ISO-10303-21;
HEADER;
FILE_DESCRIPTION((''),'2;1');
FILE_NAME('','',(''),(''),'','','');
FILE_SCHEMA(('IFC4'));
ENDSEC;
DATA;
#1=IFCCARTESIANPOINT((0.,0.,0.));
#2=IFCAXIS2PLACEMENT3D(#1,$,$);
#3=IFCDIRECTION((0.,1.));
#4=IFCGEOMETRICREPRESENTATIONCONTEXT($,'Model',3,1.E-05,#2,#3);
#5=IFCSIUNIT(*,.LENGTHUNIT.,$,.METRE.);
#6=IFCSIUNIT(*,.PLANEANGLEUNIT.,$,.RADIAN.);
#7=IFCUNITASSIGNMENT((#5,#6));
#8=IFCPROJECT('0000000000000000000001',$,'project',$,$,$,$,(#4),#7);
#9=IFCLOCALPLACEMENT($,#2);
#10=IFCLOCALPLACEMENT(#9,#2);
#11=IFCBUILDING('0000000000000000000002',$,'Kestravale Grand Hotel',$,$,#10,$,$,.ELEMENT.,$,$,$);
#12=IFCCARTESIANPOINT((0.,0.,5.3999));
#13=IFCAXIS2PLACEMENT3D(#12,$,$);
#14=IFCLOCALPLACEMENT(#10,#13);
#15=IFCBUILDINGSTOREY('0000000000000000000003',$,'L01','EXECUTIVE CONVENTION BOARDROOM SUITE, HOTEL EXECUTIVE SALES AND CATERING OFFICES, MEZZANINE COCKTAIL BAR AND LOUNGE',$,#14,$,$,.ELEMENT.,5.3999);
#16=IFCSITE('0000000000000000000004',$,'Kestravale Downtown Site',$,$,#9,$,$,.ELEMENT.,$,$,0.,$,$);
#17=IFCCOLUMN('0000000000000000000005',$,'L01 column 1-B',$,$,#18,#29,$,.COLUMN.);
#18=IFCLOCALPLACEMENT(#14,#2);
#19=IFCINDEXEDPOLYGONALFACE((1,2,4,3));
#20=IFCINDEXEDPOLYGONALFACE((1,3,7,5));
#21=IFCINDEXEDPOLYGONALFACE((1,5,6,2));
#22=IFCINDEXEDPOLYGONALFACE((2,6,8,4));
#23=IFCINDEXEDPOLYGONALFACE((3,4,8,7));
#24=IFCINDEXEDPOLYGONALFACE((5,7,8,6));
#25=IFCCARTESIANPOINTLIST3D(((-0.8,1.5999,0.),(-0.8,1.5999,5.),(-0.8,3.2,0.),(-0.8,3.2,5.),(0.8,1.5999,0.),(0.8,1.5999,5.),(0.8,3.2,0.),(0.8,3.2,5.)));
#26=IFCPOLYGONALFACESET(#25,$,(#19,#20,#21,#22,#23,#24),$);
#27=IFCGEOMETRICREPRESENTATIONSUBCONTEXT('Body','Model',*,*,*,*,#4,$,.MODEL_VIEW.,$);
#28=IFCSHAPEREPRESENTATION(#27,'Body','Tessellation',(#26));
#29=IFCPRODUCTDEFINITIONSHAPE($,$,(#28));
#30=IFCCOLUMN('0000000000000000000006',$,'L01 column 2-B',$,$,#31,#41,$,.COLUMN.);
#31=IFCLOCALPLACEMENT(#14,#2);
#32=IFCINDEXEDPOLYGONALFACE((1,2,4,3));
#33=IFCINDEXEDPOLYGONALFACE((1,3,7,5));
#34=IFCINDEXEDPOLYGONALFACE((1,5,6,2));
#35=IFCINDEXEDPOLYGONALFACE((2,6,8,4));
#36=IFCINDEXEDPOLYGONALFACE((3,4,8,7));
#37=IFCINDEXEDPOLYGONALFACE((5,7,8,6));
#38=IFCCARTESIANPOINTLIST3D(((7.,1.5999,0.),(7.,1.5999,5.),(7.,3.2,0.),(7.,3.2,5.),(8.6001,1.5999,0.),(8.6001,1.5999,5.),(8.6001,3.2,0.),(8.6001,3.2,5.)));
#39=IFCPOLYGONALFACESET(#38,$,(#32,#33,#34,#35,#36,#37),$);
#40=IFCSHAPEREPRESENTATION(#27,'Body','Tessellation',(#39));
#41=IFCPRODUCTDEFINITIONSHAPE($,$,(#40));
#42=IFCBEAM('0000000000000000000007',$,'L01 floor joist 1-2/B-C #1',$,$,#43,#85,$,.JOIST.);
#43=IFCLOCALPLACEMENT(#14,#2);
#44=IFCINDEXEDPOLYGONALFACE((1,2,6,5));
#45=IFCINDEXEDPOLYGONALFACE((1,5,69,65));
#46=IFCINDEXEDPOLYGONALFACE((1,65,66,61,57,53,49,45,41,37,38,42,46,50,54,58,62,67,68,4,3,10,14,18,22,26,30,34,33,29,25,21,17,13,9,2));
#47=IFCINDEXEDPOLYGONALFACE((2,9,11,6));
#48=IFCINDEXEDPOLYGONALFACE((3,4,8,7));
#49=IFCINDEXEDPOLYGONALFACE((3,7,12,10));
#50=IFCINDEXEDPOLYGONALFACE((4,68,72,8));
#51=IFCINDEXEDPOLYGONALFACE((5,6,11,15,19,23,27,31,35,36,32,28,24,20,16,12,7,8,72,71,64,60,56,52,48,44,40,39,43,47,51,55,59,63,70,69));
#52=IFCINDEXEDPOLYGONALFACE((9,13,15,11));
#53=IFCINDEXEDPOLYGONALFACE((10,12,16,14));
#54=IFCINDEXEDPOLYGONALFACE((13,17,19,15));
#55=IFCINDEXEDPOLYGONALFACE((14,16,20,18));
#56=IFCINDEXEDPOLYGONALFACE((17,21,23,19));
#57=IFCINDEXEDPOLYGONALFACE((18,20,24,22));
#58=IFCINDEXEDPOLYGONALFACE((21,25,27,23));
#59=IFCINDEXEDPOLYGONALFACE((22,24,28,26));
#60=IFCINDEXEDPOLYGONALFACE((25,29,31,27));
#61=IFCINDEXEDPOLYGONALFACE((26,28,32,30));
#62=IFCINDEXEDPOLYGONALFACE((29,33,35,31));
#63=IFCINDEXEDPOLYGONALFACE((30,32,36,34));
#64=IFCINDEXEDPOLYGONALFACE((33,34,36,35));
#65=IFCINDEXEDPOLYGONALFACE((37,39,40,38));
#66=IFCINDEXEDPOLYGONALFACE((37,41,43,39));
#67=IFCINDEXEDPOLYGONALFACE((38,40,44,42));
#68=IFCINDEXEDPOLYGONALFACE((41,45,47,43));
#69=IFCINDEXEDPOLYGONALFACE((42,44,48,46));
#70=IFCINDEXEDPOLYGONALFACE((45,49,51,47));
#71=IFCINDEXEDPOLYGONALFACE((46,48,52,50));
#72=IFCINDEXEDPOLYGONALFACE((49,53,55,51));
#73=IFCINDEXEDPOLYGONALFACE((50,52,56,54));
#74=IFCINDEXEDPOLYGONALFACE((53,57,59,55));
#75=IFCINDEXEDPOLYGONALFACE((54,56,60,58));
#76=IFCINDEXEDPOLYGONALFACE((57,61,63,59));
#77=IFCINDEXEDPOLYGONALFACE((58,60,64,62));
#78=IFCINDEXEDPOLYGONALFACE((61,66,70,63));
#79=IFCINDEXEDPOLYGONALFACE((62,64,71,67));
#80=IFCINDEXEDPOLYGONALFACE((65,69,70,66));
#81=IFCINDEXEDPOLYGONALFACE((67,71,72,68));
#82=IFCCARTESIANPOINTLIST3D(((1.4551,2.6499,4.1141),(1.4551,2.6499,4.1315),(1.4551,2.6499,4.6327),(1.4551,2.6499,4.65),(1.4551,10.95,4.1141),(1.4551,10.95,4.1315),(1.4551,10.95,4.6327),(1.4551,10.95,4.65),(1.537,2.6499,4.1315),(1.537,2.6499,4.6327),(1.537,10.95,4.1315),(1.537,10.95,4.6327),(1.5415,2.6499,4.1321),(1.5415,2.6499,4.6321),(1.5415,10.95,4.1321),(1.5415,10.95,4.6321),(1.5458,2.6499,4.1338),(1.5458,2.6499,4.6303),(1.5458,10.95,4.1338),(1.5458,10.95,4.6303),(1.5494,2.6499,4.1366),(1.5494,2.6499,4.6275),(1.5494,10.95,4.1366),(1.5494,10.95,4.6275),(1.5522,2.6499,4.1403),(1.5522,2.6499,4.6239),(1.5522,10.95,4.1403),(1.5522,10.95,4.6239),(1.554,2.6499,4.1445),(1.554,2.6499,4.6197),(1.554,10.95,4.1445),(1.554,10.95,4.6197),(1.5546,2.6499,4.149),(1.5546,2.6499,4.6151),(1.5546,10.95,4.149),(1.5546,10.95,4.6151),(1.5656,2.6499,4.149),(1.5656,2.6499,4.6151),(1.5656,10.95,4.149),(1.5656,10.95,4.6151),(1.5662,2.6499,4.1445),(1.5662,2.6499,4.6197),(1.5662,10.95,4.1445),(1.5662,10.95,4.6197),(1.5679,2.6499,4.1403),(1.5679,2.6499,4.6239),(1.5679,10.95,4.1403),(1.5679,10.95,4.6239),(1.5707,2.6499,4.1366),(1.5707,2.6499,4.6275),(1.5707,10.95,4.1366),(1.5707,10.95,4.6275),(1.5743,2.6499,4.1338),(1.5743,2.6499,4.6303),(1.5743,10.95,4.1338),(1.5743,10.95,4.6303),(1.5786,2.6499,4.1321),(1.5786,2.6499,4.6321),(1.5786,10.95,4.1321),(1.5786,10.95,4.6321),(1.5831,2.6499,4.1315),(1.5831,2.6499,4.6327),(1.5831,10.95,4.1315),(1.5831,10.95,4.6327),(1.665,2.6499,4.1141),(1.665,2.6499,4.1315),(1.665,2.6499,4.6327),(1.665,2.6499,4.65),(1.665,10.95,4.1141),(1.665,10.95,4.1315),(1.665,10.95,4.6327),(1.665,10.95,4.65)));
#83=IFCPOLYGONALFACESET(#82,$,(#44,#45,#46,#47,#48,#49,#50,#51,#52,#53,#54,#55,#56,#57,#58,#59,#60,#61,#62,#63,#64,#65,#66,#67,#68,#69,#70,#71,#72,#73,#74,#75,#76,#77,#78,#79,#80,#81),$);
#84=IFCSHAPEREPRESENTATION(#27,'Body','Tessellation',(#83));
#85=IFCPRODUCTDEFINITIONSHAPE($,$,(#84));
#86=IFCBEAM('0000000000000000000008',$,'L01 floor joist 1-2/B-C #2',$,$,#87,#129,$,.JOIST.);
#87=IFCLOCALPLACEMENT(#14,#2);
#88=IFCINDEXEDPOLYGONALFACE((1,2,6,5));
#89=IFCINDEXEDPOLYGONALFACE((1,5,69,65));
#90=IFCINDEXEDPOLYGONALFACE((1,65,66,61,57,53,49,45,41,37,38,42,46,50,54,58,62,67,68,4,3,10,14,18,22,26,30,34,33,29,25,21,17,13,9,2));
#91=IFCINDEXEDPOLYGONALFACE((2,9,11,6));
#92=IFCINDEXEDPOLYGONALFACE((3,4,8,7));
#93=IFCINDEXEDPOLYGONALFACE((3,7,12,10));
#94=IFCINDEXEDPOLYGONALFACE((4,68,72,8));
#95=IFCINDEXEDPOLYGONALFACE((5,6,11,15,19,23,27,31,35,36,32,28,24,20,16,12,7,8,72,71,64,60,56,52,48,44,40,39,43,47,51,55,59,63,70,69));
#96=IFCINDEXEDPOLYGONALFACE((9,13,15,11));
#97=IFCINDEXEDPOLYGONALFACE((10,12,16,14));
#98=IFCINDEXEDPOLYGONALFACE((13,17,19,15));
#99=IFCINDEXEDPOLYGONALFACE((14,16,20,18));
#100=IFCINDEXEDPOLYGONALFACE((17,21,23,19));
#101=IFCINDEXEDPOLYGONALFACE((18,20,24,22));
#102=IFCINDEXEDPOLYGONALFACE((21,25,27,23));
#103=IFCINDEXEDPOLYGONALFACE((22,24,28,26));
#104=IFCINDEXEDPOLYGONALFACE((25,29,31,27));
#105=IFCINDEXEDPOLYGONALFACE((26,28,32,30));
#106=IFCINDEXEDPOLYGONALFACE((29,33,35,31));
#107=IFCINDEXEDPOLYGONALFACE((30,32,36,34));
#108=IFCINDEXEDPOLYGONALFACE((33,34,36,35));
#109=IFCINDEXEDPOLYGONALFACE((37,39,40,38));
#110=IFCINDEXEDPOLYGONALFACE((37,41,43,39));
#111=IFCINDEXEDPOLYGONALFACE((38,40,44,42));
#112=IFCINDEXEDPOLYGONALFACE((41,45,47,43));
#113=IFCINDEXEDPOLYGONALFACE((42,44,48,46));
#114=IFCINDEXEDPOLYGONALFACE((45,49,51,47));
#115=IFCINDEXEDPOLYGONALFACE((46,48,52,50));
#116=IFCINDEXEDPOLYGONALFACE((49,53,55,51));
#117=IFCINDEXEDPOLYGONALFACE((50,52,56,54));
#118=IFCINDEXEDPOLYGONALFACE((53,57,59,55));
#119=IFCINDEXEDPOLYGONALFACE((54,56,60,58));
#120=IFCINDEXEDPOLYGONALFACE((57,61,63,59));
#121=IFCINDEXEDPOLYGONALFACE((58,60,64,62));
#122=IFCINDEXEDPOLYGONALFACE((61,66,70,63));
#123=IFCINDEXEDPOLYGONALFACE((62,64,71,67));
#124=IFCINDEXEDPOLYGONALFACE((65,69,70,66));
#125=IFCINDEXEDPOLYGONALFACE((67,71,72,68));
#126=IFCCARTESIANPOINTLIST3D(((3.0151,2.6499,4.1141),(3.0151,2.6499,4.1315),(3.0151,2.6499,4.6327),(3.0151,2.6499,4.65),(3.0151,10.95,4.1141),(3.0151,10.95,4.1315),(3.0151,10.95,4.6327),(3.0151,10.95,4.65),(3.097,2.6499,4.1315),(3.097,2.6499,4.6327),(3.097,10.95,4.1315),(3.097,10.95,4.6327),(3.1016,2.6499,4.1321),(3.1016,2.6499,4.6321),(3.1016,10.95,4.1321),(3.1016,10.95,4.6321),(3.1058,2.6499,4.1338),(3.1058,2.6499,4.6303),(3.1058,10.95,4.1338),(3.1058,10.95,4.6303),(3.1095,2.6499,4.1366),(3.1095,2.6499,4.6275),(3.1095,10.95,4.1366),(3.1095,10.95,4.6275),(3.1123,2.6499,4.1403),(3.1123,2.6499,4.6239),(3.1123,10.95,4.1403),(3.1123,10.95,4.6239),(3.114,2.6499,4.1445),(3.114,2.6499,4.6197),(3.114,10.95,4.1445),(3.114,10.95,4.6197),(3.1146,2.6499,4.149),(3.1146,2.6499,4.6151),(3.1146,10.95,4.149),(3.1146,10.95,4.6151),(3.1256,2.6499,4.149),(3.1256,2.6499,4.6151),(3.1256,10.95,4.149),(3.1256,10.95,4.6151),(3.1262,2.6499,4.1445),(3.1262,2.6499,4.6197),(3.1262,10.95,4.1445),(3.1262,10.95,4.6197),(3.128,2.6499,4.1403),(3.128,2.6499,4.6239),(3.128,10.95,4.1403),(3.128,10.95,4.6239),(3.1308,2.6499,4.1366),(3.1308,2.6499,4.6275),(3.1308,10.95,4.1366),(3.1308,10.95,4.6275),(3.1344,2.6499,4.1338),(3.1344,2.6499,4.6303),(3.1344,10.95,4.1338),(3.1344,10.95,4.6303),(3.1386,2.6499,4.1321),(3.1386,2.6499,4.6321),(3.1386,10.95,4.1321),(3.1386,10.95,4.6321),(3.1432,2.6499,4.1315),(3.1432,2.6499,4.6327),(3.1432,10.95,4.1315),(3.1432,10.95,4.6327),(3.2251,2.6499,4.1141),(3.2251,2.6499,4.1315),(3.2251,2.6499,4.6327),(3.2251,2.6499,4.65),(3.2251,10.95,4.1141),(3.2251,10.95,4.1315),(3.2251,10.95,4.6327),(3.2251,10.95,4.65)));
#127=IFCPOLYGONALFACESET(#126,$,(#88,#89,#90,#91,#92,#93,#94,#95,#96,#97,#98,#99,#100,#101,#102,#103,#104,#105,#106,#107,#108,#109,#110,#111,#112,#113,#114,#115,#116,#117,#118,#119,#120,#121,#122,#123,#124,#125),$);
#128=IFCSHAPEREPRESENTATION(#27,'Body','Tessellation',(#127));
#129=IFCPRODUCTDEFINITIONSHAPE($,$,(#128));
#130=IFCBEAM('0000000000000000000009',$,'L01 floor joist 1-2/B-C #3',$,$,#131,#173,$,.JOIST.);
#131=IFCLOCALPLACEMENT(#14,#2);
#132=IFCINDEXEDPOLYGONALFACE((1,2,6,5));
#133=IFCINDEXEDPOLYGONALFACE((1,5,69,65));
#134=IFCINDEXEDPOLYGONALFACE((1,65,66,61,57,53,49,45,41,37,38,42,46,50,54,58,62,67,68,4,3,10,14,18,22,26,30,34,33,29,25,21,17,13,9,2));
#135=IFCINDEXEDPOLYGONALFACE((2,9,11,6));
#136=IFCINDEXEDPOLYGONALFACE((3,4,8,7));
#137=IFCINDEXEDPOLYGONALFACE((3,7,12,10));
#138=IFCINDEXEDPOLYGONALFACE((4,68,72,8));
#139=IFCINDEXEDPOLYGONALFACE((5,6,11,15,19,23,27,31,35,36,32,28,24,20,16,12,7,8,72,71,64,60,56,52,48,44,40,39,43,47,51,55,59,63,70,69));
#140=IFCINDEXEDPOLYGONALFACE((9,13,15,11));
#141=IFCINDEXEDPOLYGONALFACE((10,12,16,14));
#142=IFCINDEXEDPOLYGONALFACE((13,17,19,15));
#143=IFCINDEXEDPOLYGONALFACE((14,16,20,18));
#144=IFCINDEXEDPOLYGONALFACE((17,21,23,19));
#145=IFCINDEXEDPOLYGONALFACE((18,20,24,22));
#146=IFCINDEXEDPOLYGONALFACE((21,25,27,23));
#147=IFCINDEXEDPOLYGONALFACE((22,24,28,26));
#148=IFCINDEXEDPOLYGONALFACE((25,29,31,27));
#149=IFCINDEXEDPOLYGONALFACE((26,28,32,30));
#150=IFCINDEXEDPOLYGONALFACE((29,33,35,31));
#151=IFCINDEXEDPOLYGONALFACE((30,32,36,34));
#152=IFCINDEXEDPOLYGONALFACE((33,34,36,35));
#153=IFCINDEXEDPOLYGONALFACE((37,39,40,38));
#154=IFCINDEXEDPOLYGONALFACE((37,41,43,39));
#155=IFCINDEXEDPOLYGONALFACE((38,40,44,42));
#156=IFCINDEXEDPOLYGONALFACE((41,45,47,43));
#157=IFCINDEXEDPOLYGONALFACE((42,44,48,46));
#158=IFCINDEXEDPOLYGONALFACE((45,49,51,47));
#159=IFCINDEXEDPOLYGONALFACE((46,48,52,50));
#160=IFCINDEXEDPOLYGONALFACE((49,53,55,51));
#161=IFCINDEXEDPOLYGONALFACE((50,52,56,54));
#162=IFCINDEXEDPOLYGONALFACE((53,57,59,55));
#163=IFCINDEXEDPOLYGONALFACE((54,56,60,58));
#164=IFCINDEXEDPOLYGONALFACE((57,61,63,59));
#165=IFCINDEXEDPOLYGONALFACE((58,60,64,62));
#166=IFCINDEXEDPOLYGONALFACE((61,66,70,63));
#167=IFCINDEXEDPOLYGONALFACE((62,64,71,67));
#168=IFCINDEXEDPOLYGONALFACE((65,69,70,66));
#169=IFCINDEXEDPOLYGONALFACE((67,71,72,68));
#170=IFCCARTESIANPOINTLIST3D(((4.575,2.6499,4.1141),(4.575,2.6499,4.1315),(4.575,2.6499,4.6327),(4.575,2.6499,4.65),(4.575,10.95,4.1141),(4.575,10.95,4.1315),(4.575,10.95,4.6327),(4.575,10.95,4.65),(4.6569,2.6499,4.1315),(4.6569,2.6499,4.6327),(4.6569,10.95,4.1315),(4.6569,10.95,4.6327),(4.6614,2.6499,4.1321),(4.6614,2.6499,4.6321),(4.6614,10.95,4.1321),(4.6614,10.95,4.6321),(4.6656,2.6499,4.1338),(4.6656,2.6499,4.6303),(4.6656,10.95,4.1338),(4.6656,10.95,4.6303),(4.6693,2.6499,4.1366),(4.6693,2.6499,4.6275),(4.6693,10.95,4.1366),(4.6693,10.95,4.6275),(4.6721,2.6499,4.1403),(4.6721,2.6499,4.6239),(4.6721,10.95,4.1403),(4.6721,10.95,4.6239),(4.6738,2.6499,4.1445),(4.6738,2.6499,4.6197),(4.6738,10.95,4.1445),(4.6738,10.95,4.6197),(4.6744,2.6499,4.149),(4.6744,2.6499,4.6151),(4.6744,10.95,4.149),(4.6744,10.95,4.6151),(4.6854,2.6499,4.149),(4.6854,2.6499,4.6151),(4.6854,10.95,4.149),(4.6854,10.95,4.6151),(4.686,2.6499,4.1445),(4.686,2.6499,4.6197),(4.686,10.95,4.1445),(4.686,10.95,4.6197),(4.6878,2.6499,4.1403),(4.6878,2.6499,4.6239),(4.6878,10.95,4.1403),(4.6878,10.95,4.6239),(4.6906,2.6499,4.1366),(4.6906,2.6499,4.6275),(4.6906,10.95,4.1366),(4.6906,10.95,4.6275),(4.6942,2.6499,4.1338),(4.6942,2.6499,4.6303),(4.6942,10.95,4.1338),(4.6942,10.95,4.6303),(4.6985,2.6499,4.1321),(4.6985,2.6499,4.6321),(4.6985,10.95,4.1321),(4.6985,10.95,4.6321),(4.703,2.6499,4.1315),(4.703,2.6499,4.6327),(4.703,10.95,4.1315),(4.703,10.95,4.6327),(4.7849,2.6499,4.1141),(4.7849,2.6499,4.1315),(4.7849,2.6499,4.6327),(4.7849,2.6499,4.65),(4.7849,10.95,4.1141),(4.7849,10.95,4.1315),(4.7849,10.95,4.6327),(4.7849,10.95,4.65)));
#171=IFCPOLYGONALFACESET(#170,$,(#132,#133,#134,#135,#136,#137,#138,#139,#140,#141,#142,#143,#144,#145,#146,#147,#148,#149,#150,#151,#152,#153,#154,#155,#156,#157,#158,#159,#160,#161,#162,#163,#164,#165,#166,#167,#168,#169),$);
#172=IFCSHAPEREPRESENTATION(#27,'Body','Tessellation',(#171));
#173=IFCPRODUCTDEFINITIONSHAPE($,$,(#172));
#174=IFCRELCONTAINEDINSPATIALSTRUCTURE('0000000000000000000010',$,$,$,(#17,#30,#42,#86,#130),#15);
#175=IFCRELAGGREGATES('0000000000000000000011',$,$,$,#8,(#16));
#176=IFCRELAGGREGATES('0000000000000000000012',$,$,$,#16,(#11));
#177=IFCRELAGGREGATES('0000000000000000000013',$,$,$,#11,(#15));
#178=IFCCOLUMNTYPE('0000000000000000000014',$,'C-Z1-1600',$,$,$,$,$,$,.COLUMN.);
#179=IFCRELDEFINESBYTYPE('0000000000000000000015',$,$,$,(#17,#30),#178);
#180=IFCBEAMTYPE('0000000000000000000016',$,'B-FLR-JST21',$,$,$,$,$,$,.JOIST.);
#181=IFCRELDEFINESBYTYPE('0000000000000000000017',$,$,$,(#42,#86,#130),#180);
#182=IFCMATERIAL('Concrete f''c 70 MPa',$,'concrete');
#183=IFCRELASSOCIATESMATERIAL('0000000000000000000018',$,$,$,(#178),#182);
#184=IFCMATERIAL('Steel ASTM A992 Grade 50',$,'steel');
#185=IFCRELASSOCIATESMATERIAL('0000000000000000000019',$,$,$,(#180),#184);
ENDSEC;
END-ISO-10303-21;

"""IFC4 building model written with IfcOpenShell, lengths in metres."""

from ifc_helpers import new_model, si_unit, direction, frame, origin, origin_2d, place, context, subcontext, project, spatial, rectangle, i_section, extrude, material, material_profile, profile_set, type_object, element, save


model = new_model("IFC4")

# Units and contexts
model_context = context("Model", 3, precision=1e-05, world=origin(), true_north=direction((0.0, 1.0)))
body_context = subcontext(model_context, "Body", "Model", "MODEL_VIEW")
ifc_project = project(units=[si_unit("LENGTHUNIT", "METRE"), si_unit("PLANEANGLEUNIT", "RADIAN")], contexts=[model_context])

# Site, building, storey
site_placement = place(None, origin())
site = spatial("IfcSite", under=ifc_project, at=site_placement, Name="Kestravale Downtown Site", CompositionType="ELEMENT", RefElevation=0.0)
building_placement = place(site_placement, origin())
building = spatial("IfcBuilding", under=site, at=building_placement, Name="Kestravale Grand Hotel", CompositionType="ELEMENT")
storey_placement = place(building_placement, frame((0.0, 0.0, 5.3999)))
storey = spatial("IfcBuildingStorey", under=building, at=storey_placement, Name="L01", Description="EXECUTIVE CONVENTION BOARDROOM SUITE, HOTEL EXECUTIVE SALES AND CATERING OFFICES, MEZZANINE COCKTAIL BAR AND LOUNGE", CompositionType="ELEMENT", Elevation=5.3999)

# Columns
ifc_material_1 = material(Name="Concrete f'c 70 MPa", Category="concrete")
ifc_material_profile_1 = material_profile(ifc_material_1, rectangle(XDim=1.6001, YDim=1.6001, at=origin_2d()))
ifc_profile_set_1 = profile_set([ifc_material_profile_1], Name="Concrete f'c 70 MPa")
column_type = type_object("IfcColumnType", Name="C-Z1-1600", PredefinedType="COLUMN", material=ifc_profile_set_1)
for number, where, z_axis, x_axis, name in (
    (1, (0.0, 2.3999, 0.0), (0.0, 0.0, 1.0), (1.0, 0.0, 0.0), "L01 column 1-B"),
    (2, (7.8, 2.3999, 0.0), (0.0, 0.0, 1.0), (1.0, 0.0, 0.0), "L01 column 2-B"),
):
    element("IfcColumn", number, at=place(storey_placement, frame(where, z_axis=z_axis, x_axis=x_axis)), inside=storey, type_object=column_type, Name=name, PredefinedType="COLUMN", context=body_context, shape_type="SweptSolid", body=[
        extrude(rectangle(XDim=1.6001, YDim=1.6001, at=origin_2d()), origin(), (0.0, 0.0, 1.0), 5.0),
    ])

# Beams
ifc_material_2 = material(Name="Steel ASTM A992 Grade 50", Category="steel")
ifc_material_profile_2 = material_profile(ifc_material_2, i_section(OverallWidth=0.21, OverallDepth=0.5359, WebThickness=0.011, FlangeThickness=0.0173, FilletRadius=0.0176, at=origin_2d()))
ifc_profile_set_2 = profile_set([ifc_material_profile_2], Name="Steel ASTM A992 Grade 50")
beam_type_1 = type_object("IfcBeamType", Name="B-FLR-JST21", PredefinedType="JOIST", material=ifc_profile_set_2)
for number, where, z_axis, x_axis, name in (
    (3, (1.5601, 2.6499, 4.3821), (0.0, 1.0, 0.0), (-1.0, 0.0, 0.0), "L01 floor joist 1-2/B-C #1"),
    (4, (3.1201, 2.6499, 4.3821), (0.0, 1.0, 0.0), (-1.0, 0.0, 0.0), "L01 floor joist 1-2/B-C #2"),
    (5, (4.6799, 2.6499, 4.3821), (0.0, 1.0, 0.0), (-1.0, 0.0, 0.0), "L01 floor joist 1-2/B-C #3"),
):
    element("IfcBeam", number, at=place(storey_placement, frame(where, z_axis=z_axis, x_axis=x_axis)), inside=storey, type_object=beam_type_1, Name=name, PredefinedType="JOIST", context=body_context, shape_type="SweptSolid", body=[
        extrude(i_section(OverallWidth=0.21, OverallDepth=0.5359, WebThickness=0.011, FlangeThickness=0.0173, FilletRadius=0.0176, at=origin_2d()), origin(), (0.0, 0.0, 1.0), 8.3),
    ])

save(model, "model.ifc")
